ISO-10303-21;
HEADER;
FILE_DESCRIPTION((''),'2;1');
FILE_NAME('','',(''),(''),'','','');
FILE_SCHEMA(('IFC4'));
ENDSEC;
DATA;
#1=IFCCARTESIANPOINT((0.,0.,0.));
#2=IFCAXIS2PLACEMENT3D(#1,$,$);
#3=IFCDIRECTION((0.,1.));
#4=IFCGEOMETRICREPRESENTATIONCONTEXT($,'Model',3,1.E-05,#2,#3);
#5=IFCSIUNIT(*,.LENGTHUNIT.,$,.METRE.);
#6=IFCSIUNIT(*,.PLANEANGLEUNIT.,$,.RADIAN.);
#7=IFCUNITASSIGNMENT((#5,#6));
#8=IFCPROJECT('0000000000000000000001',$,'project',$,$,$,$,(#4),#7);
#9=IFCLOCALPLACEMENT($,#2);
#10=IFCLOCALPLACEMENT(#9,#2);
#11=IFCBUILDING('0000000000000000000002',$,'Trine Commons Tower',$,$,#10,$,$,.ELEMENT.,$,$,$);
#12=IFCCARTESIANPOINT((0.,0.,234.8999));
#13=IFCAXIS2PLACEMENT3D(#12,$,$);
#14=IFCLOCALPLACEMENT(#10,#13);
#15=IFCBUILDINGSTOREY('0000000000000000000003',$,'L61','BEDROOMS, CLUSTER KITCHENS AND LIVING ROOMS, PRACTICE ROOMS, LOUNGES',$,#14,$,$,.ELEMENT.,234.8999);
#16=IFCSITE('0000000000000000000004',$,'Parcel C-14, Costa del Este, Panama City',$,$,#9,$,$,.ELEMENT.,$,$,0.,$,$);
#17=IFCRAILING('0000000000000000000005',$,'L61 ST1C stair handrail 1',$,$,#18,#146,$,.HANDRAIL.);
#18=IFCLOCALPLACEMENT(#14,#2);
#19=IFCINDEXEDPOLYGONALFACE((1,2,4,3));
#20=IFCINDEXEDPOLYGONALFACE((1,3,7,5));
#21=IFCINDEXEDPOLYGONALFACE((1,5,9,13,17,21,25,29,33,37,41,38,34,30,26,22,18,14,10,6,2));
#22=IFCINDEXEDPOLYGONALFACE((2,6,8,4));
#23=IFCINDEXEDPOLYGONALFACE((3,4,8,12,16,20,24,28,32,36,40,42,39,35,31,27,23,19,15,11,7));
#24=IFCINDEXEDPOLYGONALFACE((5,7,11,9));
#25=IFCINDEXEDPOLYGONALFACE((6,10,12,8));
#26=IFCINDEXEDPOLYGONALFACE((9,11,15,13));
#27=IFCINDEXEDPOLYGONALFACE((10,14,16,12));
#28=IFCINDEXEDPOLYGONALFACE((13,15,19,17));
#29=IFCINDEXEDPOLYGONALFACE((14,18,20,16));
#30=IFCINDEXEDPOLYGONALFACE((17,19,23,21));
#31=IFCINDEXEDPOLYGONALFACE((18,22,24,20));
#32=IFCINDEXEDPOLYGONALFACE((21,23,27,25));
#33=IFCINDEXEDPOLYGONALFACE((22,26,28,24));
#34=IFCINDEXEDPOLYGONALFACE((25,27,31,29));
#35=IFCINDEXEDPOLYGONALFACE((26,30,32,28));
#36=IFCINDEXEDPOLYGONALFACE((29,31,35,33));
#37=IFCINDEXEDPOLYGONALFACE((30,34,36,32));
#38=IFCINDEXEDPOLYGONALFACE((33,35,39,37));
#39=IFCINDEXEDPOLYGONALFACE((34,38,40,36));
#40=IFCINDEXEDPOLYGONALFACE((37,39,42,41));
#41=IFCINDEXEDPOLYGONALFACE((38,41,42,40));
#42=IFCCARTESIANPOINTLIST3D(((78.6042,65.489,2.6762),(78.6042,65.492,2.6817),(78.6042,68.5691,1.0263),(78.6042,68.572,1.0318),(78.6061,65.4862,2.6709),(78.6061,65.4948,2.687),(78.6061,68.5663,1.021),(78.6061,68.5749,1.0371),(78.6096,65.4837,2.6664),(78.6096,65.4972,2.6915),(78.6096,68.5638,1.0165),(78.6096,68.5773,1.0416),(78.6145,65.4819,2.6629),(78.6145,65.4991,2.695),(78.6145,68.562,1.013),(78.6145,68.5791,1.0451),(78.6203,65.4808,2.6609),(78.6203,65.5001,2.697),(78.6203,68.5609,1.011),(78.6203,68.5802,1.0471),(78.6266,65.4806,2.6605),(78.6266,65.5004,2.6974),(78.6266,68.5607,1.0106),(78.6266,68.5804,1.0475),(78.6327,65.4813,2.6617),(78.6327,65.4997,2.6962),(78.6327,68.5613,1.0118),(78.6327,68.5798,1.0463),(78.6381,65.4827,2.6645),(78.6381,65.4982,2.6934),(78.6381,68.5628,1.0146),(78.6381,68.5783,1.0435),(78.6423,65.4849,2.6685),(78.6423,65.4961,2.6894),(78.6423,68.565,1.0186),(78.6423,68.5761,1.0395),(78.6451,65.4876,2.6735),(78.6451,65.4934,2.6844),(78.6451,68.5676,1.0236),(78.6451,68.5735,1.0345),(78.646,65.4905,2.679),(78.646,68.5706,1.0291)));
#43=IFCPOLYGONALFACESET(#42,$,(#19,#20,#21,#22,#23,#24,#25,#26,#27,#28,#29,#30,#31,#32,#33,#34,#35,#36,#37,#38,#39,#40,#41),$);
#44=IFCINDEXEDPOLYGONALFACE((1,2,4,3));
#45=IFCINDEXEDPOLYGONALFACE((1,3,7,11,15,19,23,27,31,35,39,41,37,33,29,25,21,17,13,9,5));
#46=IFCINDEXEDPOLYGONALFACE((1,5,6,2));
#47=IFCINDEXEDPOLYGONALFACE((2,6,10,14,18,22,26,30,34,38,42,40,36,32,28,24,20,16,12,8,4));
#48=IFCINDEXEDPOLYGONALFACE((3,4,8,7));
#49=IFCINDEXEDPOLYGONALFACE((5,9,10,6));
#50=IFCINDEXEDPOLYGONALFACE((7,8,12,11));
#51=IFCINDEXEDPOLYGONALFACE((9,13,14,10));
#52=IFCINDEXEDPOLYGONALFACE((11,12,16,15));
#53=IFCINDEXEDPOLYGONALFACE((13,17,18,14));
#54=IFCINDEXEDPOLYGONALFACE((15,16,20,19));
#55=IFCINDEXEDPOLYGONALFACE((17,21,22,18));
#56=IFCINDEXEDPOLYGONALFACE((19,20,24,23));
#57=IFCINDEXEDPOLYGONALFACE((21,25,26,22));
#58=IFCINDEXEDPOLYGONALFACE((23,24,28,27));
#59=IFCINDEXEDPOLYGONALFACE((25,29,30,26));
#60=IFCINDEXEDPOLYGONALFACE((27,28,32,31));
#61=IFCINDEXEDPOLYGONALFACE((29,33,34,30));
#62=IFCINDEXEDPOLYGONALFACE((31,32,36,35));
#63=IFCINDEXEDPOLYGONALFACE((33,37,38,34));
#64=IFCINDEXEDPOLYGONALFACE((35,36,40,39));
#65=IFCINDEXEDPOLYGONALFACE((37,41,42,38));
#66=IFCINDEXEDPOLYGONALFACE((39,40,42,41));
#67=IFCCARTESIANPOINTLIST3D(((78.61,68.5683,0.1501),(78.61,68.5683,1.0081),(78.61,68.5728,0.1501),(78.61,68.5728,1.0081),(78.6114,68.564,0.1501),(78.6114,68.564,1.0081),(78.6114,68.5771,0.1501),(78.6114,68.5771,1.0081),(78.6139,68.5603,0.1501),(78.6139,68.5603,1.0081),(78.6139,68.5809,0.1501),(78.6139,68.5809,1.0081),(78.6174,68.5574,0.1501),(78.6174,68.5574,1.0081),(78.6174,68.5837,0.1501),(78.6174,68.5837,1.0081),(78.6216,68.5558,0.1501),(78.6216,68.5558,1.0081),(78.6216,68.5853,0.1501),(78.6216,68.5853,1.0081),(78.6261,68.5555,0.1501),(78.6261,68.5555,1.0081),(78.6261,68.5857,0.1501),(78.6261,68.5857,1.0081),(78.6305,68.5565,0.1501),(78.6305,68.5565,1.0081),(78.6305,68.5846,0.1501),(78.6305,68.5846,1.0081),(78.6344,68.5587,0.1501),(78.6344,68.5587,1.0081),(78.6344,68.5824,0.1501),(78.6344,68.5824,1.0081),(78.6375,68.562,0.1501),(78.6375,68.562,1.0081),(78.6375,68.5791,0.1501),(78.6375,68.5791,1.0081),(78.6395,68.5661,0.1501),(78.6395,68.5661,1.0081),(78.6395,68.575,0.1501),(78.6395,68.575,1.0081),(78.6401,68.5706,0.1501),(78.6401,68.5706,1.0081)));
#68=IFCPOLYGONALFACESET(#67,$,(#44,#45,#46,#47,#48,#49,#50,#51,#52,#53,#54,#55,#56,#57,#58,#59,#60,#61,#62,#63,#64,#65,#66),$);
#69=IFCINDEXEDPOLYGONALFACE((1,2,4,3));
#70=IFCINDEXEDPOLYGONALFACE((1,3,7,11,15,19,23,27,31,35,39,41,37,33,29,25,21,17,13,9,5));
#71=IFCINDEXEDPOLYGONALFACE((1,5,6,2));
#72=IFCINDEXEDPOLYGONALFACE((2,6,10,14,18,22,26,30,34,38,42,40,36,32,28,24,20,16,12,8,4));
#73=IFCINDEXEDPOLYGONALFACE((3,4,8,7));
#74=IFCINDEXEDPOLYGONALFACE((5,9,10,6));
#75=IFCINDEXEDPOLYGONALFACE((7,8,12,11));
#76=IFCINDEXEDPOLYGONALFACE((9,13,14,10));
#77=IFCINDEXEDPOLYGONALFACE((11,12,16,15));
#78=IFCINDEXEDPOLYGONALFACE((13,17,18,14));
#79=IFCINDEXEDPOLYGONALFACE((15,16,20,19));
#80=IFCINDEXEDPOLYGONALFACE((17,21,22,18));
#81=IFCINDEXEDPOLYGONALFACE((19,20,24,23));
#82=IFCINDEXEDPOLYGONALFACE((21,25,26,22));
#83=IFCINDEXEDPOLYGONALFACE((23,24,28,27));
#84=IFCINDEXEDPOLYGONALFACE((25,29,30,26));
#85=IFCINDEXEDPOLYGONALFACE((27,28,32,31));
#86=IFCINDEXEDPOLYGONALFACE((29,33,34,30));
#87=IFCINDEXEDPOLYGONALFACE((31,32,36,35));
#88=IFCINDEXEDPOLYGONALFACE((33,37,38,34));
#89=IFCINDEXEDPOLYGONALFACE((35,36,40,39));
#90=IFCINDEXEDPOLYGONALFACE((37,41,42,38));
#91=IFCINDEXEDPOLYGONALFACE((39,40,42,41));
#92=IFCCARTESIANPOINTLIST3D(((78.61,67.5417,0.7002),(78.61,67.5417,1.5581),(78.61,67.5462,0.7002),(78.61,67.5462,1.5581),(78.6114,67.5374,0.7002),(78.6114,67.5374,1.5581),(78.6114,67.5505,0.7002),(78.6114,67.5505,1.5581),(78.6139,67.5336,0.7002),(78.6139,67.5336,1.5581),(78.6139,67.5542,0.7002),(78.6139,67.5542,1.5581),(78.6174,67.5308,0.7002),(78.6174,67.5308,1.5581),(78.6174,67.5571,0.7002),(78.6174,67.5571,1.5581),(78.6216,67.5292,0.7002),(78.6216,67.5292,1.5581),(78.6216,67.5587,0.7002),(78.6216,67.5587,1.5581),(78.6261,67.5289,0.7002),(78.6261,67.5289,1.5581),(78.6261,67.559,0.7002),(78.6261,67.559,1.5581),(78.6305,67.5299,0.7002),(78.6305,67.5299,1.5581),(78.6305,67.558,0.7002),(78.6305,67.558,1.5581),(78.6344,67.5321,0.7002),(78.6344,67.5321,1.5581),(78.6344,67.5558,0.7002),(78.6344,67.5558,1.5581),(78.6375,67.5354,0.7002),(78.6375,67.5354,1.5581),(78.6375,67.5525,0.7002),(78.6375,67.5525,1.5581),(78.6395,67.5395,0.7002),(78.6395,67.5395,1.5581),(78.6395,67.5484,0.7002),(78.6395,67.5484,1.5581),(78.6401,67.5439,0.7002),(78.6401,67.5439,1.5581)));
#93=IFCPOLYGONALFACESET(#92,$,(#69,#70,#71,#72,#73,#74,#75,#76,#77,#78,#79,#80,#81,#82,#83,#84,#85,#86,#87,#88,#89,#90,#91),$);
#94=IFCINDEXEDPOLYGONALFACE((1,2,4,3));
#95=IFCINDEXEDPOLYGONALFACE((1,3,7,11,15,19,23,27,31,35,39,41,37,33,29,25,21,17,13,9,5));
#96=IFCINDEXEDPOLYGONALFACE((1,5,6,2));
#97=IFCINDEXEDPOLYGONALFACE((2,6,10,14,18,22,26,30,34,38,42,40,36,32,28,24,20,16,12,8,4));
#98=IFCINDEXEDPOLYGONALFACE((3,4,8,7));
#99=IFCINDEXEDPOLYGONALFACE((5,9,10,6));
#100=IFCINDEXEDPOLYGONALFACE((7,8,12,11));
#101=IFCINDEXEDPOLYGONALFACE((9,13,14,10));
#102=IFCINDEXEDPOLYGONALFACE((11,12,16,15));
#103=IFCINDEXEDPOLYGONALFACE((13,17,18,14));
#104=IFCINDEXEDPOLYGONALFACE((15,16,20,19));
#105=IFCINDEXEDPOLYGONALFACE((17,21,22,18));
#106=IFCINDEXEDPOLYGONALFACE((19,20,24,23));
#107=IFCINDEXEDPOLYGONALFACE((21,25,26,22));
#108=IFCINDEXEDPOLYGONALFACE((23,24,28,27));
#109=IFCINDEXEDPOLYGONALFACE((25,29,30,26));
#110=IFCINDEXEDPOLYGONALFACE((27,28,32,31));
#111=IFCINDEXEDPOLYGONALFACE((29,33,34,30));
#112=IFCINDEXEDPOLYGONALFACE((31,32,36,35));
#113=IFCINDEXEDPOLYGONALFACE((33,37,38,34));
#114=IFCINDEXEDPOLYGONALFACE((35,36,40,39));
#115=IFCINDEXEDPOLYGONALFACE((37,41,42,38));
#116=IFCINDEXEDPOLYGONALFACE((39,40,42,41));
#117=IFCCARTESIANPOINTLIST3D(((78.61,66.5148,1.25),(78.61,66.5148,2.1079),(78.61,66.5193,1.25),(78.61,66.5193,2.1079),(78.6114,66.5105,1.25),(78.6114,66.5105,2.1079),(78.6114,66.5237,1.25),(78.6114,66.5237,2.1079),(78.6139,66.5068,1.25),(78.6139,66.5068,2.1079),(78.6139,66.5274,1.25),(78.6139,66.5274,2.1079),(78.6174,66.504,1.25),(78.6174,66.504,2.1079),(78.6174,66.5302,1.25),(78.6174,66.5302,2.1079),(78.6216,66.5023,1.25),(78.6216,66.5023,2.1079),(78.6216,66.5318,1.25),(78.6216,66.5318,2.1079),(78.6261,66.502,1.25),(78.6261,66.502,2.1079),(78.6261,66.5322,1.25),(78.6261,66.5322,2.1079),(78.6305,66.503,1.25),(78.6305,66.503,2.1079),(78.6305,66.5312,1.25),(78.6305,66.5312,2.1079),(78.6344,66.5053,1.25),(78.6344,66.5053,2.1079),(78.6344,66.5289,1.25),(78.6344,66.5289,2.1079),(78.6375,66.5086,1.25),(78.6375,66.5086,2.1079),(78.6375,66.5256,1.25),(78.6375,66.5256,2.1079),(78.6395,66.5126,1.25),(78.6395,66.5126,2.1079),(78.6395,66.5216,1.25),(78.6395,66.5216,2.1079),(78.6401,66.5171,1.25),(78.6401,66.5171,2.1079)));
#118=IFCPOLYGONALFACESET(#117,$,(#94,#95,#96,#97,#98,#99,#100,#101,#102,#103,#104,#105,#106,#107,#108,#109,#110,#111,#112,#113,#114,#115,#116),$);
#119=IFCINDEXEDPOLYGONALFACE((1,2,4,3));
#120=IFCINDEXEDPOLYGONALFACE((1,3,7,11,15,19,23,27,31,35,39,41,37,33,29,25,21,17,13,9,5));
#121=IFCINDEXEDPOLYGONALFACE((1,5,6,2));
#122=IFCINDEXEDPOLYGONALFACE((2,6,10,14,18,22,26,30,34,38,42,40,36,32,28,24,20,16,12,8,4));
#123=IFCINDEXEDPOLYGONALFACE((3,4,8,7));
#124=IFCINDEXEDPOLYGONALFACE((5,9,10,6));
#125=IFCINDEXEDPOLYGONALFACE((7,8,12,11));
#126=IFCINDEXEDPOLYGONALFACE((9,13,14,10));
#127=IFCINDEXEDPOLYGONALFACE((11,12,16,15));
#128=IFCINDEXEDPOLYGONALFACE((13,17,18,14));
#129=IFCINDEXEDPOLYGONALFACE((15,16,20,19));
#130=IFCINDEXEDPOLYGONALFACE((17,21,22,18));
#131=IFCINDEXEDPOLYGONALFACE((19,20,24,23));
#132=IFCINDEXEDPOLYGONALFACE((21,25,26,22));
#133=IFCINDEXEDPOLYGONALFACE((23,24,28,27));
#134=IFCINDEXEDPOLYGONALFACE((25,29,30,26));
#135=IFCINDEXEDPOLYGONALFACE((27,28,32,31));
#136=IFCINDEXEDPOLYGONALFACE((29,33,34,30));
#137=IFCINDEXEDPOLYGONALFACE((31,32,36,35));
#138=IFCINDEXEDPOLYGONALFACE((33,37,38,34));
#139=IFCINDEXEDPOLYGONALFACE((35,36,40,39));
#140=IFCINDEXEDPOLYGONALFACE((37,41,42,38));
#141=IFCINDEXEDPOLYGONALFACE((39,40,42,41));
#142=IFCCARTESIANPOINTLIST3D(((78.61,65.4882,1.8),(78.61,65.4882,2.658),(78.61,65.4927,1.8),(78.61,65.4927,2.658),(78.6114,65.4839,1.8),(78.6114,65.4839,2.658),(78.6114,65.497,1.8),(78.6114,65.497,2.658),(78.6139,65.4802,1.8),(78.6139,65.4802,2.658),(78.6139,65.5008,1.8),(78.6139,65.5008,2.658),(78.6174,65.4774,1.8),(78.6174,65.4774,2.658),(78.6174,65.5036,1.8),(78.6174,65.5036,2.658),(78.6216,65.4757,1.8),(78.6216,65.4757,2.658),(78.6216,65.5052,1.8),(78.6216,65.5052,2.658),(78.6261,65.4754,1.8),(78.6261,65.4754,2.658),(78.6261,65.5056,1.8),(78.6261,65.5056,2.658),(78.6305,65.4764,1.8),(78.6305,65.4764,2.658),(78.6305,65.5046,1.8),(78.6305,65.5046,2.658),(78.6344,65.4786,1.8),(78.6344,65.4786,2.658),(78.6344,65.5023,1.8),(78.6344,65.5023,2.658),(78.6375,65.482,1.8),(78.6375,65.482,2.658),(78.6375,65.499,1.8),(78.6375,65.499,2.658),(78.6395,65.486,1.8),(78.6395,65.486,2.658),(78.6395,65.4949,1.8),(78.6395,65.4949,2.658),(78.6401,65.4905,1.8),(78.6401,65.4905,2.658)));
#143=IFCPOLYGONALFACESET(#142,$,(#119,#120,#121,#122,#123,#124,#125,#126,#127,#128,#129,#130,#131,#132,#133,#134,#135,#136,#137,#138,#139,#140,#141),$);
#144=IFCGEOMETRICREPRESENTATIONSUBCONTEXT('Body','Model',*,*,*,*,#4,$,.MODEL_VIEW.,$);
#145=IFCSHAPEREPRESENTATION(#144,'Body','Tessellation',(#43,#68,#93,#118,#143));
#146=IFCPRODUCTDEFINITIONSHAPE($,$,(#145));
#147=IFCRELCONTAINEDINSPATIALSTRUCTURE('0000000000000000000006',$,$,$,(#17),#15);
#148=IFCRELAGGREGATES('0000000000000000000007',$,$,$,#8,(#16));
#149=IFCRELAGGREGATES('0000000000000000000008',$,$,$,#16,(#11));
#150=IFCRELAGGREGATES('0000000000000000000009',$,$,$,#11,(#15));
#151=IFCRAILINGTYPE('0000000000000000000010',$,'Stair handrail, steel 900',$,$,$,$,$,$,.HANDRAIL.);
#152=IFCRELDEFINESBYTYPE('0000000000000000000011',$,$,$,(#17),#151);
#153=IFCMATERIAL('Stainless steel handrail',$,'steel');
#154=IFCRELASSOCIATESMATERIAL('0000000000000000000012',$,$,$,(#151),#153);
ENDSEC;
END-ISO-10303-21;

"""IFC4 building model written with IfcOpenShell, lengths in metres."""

from ifc_helpers import new_model, si_unit, direction, frame, origin, origin_2d, place, context, subcontext, project, spatial, circle, extrude, material, type_object, element, save


model = new_model("IFC4")

# Units and contexts
model_context = context("Model", 3, precision=1e-05, world=origin(), true_north=direction((0.0, 1.0)))
body_context = subcontext(model_context, "Body", "Model", "MODEL_VIEW")
ifc_project = project(units=[si_unit("LENGTHUNIT", "METRE"), si_unit("PLANEANGLEUNIT", "RADIAN")], contexts=[model_context])

# Site, building, storey
site_placement = place(None, origin())
site = spatial("IfcSite", under=ifc_project, at=site_placement, Name="Parcel C-14, Costa del Este, Panama City", CompositionType="ELEMENT", RefElevation=0.0)
building_placement = place(site_placement, origin())
building = spatial("IfcBuilding", under=site, at=building_placement, Name="Trine Commons Tower", CompositionType="ELEMENT")
storey_placement = place(building_placement, frame((0.0, 0.0, 234.8999)))
storey = spatial("IfcBuildingStorey", under=building, at=storey_placement, Name="L61", Description="BEDROOMS, CLUSTER KITCHENS AND LIVING ROOMS, PRACTICE ROOMS, LOUNGES", CompositionType="ELEMENT", Elevation=234.8999)

# Railing
ifc_material_1 = material(Name="Stainless steel handrail", Category="steel")
railing_type_1 = type_object("IfcRailingType", Name="Stair handrail, steel 900", PredefinedType="HANDRAIL", material=ifc_material_1)
railing_1_placement = place(storey_placement, frame((78.625, 68.5706, 0.1501)))
element("IfcRailing", 1, at=railing_1_placement, inside=storey, type_object=railing_type_1, Name="L61 ST1C stair handrail 1", PredefinedType="HANDRAIL", context=body_context, shape_type="SweptSolid", body=[
    extrude(circle(Radius=0.021, at=origin_2d()), frame((0.0, 0.0, 0.8789), z_axis=(0.0, -0.881497, 0.47219), x_axis=(1.0, 0.0, 0.0)), (0.0, 0.0, 1.0), 3.4941),
    extrude(circle(Radius=0.0151, at=origin_2d()), origin(), (0.0, 0.0, 1.0), 0.8579),
    extrude(circle(Radius=0.0151, at=origin_2d()), frame((0.0, -1.0266, 0.55)), (0.0, 0.0, 1.0), 0.8579),
    extrude(circle(Radius=0.0151, at=origin_2d()), frame((0.0, -2.0535, 1.0999)), (0.0, 0.0, 1.0), 0.8579),
    extrude(circle(Radius=0.0151, at=origin_2d()), frame((0.0, -3.0801, 1.6499)), (0.0, 0.0, 1.0), 0.8579),
])

save(model, "model.ifc")
